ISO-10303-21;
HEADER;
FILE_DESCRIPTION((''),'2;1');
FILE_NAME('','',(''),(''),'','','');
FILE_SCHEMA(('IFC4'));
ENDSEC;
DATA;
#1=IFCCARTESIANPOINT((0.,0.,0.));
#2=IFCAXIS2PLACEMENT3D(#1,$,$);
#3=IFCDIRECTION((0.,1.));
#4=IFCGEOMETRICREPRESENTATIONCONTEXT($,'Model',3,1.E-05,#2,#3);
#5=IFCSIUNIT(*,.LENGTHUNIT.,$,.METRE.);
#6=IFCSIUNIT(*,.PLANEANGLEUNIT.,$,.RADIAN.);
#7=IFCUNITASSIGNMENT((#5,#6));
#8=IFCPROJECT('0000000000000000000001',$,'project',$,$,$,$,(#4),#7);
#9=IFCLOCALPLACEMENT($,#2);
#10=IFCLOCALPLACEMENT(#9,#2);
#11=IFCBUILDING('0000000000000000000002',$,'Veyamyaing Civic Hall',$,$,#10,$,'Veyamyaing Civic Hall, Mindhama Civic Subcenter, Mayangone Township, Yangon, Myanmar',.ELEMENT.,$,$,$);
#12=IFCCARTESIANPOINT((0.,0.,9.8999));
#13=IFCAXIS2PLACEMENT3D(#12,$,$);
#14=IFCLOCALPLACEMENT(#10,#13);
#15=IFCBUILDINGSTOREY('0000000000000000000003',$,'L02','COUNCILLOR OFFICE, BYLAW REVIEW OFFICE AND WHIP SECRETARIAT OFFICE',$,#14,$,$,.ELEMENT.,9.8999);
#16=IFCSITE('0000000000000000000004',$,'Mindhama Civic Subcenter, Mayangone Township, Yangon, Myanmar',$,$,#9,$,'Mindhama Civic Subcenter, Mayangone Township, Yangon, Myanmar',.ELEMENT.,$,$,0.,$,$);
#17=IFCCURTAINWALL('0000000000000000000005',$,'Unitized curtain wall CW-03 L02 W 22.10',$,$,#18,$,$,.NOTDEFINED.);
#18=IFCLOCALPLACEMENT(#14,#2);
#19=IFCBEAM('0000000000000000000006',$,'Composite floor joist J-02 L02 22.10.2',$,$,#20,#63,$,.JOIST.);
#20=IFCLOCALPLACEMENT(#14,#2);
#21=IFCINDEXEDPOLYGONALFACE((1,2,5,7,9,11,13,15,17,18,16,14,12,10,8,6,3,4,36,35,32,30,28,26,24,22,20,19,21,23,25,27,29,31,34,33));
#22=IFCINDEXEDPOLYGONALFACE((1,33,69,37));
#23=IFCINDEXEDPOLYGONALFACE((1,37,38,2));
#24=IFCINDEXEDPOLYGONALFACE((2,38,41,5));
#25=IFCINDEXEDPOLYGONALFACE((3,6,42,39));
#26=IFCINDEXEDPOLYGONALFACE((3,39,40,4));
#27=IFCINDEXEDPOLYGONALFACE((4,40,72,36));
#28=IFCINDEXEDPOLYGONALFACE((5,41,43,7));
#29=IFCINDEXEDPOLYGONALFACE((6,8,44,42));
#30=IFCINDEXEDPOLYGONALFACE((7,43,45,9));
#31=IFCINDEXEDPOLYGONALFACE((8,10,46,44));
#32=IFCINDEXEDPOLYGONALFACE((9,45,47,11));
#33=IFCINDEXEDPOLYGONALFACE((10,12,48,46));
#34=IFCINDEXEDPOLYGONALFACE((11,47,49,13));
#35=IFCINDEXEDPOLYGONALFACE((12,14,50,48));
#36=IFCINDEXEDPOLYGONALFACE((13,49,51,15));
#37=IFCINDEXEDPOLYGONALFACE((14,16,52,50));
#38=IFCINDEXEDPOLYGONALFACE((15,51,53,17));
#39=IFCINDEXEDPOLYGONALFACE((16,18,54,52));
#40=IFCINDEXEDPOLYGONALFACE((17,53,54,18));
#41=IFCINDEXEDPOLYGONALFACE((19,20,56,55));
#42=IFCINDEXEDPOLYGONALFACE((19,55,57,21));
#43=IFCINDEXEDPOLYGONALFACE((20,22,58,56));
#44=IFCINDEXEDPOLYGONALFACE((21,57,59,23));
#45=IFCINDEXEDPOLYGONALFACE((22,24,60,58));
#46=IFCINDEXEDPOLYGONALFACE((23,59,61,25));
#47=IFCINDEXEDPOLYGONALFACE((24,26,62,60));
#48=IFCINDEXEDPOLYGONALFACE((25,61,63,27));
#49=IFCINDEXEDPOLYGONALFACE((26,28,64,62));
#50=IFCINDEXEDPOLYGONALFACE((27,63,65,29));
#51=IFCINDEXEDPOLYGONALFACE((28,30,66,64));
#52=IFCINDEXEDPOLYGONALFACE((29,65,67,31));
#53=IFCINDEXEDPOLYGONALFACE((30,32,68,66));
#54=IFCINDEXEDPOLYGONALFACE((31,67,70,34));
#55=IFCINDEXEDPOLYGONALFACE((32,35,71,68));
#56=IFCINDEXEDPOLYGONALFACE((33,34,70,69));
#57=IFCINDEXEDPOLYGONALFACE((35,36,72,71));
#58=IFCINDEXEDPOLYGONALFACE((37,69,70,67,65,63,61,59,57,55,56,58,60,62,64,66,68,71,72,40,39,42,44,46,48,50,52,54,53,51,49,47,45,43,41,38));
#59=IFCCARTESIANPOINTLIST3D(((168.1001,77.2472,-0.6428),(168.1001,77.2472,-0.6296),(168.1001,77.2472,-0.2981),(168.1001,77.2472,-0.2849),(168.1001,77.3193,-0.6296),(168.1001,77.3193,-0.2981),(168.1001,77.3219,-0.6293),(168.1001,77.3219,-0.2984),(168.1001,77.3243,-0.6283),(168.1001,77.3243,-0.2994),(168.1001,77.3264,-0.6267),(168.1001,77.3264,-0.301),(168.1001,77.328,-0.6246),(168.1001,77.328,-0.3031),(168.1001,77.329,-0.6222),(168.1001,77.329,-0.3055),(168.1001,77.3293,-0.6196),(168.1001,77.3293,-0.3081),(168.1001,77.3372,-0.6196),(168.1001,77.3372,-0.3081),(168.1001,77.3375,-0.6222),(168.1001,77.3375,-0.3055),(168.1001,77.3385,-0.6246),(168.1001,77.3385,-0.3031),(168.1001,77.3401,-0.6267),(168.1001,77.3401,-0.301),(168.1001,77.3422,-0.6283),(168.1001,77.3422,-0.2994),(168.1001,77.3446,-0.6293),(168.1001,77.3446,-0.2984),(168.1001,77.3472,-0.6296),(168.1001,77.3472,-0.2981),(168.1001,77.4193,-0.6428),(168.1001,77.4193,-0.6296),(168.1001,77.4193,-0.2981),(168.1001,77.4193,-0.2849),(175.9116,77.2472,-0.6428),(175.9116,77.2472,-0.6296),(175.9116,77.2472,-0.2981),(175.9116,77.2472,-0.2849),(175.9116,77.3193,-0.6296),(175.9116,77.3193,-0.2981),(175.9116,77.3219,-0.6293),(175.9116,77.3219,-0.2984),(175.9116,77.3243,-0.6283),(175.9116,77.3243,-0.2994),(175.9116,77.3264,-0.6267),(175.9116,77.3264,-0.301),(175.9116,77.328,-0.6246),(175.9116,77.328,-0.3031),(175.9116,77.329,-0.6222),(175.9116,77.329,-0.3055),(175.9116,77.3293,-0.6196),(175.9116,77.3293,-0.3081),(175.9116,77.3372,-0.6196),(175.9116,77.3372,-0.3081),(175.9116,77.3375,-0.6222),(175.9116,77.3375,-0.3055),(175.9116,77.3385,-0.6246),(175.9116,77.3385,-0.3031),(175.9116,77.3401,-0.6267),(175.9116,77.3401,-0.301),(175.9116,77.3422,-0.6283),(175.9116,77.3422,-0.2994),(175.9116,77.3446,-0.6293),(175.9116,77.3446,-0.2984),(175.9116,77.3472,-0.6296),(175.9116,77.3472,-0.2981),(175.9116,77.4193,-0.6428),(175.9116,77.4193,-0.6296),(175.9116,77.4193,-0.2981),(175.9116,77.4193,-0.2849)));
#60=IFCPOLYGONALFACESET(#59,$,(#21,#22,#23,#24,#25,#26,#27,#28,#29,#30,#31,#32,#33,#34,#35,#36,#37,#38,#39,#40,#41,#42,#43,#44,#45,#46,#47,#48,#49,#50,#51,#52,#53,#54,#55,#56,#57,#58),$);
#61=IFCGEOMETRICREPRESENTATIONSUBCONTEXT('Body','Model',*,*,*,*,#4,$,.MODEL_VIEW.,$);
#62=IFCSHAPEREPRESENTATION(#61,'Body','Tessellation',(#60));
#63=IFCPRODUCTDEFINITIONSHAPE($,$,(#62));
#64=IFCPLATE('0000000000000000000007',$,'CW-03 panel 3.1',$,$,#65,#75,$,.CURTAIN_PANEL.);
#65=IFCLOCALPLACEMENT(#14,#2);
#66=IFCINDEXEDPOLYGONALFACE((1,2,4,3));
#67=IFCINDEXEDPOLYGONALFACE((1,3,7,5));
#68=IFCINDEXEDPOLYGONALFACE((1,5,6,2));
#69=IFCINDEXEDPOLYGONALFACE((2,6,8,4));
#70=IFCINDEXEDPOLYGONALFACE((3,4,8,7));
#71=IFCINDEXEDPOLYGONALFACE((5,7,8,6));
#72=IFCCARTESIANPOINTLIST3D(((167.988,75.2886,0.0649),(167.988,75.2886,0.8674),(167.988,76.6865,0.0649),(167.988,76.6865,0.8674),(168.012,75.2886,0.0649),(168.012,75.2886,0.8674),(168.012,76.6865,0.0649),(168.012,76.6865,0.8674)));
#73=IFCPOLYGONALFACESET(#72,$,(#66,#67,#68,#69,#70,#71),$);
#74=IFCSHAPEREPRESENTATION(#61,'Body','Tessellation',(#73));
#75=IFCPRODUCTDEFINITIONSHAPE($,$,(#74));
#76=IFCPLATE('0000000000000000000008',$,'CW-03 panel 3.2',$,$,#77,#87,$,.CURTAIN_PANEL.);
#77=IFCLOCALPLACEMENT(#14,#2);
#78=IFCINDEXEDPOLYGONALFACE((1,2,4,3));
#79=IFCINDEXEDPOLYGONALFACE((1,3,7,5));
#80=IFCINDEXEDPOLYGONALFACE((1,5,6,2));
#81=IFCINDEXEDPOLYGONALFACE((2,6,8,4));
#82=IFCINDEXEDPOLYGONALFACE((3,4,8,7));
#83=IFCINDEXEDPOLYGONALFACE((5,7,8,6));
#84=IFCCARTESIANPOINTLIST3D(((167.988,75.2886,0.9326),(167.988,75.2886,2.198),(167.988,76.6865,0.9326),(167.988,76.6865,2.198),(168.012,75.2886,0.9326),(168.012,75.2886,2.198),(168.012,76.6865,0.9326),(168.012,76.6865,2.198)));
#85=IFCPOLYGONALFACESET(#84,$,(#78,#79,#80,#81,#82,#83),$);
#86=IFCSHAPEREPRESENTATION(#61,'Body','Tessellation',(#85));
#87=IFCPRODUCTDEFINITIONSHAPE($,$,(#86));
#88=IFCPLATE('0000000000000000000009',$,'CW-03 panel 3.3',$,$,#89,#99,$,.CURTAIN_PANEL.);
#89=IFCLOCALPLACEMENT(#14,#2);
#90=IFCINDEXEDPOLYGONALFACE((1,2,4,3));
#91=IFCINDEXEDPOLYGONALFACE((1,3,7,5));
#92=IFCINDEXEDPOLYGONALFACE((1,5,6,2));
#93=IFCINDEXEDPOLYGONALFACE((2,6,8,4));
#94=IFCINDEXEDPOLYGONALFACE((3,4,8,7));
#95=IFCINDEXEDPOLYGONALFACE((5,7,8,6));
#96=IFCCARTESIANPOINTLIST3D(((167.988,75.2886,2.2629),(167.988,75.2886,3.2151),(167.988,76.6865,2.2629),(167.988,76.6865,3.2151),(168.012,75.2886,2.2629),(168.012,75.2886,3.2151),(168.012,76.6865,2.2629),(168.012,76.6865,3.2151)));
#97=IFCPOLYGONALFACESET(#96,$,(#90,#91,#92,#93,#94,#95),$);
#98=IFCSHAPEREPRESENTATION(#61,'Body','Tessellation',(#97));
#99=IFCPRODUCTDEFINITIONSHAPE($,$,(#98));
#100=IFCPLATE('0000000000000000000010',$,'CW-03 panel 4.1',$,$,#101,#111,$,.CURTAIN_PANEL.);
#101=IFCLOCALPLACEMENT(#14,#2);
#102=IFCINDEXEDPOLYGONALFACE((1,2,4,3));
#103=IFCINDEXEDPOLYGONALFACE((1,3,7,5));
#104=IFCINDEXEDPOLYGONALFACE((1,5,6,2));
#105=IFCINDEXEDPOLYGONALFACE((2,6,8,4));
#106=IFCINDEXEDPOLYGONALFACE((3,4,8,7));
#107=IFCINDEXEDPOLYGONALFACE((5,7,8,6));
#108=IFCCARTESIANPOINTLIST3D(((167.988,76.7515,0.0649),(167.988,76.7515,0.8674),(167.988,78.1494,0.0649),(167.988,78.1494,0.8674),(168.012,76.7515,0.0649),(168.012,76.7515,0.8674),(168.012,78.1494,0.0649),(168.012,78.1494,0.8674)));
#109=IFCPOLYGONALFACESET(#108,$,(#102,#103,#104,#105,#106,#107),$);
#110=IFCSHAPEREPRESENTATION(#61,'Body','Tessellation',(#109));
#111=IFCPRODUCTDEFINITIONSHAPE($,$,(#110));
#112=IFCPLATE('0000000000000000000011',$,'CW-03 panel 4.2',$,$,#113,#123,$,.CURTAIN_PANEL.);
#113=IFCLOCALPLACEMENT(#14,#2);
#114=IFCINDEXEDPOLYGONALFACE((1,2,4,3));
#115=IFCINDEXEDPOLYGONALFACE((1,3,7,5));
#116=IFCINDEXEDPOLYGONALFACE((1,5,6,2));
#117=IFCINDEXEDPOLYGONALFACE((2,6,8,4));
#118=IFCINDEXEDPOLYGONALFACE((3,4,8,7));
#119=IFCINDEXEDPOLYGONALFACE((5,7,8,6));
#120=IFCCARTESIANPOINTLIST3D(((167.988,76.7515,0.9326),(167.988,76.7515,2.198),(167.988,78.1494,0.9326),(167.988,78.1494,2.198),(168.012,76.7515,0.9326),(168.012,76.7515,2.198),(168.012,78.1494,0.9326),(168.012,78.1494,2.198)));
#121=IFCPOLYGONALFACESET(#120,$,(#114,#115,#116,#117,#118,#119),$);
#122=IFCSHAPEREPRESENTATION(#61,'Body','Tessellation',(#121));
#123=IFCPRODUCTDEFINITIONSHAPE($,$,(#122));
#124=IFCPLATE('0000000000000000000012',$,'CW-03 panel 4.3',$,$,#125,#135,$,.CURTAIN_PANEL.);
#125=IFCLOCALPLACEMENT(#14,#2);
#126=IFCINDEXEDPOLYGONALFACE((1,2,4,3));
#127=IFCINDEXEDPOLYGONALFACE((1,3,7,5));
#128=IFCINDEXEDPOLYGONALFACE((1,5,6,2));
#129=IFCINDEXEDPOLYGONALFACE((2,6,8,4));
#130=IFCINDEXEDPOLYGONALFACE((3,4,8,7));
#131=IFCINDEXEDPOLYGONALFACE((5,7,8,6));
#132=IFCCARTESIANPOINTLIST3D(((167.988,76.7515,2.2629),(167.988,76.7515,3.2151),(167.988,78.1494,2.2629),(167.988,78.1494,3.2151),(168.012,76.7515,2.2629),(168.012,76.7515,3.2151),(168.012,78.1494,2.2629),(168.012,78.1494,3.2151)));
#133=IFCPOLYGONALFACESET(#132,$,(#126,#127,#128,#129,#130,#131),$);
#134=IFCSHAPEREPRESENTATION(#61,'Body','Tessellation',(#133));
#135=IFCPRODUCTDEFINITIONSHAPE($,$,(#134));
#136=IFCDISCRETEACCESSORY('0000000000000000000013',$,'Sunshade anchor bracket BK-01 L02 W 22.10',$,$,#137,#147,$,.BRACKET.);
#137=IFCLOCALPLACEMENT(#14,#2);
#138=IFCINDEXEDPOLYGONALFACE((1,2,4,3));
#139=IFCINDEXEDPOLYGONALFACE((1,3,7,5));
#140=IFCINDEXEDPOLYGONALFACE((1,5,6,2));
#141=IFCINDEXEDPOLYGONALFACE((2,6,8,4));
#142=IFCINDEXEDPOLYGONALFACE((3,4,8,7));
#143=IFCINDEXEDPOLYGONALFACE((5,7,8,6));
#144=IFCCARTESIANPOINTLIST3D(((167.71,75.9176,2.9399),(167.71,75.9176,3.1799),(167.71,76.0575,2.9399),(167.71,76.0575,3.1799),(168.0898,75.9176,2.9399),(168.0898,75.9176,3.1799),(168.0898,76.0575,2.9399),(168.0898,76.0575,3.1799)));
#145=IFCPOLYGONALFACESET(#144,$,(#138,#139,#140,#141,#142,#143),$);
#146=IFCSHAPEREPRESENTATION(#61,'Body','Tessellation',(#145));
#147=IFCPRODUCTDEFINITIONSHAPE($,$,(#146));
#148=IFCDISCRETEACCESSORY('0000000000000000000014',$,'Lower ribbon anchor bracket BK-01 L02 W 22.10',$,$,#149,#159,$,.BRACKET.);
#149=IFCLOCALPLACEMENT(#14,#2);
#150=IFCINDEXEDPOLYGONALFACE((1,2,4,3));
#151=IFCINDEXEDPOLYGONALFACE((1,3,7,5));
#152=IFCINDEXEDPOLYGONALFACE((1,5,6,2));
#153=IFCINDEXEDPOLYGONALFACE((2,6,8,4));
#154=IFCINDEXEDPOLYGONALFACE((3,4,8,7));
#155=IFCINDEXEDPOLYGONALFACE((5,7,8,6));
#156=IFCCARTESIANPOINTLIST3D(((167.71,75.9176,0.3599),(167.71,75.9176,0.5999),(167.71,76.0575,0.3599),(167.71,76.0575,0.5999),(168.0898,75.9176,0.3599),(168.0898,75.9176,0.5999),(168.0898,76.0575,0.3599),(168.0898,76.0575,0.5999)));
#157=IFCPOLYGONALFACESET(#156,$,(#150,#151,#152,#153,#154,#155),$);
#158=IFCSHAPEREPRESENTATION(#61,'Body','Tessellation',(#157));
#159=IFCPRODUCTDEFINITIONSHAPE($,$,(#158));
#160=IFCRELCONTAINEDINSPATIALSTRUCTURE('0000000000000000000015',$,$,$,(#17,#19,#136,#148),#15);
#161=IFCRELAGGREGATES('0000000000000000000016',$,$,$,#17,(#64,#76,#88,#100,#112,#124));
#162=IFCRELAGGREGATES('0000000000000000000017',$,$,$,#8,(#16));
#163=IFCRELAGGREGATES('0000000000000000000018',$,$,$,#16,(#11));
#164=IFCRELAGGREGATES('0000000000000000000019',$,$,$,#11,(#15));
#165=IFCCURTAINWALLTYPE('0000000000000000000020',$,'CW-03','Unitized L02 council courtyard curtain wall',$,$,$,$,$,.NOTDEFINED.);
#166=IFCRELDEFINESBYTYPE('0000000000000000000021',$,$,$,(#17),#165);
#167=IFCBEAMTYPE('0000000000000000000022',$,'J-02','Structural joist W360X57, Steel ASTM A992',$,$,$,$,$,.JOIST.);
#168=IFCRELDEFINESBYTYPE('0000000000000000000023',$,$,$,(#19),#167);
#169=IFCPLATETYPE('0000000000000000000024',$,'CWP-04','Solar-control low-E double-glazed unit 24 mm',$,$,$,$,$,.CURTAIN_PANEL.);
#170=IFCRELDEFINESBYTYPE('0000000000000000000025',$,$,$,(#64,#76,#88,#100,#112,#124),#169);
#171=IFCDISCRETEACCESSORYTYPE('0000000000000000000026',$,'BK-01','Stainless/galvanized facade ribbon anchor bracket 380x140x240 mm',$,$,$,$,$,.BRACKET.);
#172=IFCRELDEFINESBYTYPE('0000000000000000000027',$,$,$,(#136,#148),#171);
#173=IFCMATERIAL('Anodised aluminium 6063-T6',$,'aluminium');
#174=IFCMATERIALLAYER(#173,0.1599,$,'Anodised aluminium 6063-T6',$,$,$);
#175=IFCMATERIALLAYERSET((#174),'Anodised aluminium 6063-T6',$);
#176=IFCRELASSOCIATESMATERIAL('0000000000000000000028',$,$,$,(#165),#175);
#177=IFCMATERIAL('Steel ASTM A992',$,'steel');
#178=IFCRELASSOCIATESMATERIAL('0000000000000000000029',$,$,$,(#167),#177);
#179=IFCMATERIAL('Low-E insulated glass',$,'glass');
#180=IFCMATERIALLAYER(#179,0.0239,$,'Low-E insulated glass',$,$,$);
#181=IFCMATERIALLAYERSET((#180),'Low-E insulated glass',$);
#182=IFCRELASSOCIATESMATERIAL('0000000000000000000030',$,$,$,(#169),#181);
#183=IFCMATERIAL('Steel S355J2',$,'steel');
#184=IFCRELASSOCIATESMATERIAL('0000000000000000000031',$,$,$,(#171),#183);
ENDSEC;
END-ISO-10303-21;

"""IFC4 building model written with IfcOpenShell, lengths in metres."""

from ifc_helpers import new_model, si_unit, direction, frame, origin, origin_2d, place, context, subcontext, project, spatial, rectangle, i_section, extrude, material, layer, layer_set, material_profile, profile_set, type_object, element, aggregate, save


model = new_model("IFC4")

# Units and contexts
model_context = context("Model", 3, precision=1e-05, world=origin(), true_north=direction((0.0, 1.0)))
body_context = subcontext(model_context, "Body", "Model", "MODEL_VIEW")
ifc_project = project(units=[si_unit("LENGTHUNIT", "METRE"), si_unit("PLANEANGLEUNIT", "RADIAN")], contexts=[model_context])

# Site, building, storey
site_placement = place(None, origin())
site = spatial("IfcSite", under=ifc_project, at=site_placement, Name="Mindhama Civic Subcenter, Mayangone Township, Yangon, Myanmar", LongName="Mindhama Civic Subcenter, Mayangone Township, Yangon, Myanmar", CompositionType="ELEMENT", RefElevation=0.0)
building_placement = place(site_placement, origin())
building = spatial("IfcBuilding", under=site, at=building_placement, Name="Veyamyaing Civic Hall", LongName="Veyamyaing Civic Hall, Mindhama Civic Subcenter, Mayangone Township, Yangon, Myanmar", CompositionType="ELEMENT")
storey_placement = place(building_placement, frame((0.0, 0.0, 9.8999)))
storey = spatial("IfcBuildingStorey", under=building, at=storey_placement, Name="L02", Description="COUNCILLOR OFFICE, BYLAW REVIEW OFFICE AND WHIP SECRETARIAT OFFICE", CompositionType="ELEMENT", Elevation=9.8999)

# Curtain wall
ifc_material_1 = material(Name="Anodised aluminium 6063-T6", Category="aluminium")
ifc_layer_1 = layer(ifc_material_1, 0.1599, Name="Anodised aluminium 6063-T6")
ifc_layer_set_1 = layer_set([ifc_layer_1], Name="Anodised aluminium 6063-T6")
curtain_wall_type = type_object("IfcCurtainWallType", Name="CW-03", Description="Unitized L02 council courtyard curtain wall", PredefinedType="NOTDEFINED", material=ifc_layer_set_1)
curtain_wall_placement = place(storey_placement, origin())
curtain_wall = element("IfcCurtainWall", 1, at=curtain_wall_placement, inside=storey, type_object=curtain_wall_type, Name="Unitized curtain wall CW-03 L02 W 22.10", PredefinedType="NOTDEFINED")

# Beam
ifc_material_2 = material(Name="Steel ASTM A992", Category="steel")
ifc_material_profile_1 = material_profile(ifc_material_2, i_section(OverallWidth=0.1721, OverallDepth=0.3579, WebThickness=0.0078, FlangeThickness=0.0132, FilletRadius=0.01, at=origin_2d()), Name="W360X57")
ifc_profile_set_1 = profile_set([ifc_material_profile_1], Name="Steel ASTM A992")
beam_type = type_object("IfcBeamType", Name="J-02", Description="Structural joist W360X57, Steel ASTM A992", PredefinedType="JOIST", material=ifc_profile_set_1)
for number, where, z_axis, x_axis, name in (
    (2, (168.1001, 77.3333, -0.4639), (1.0, 0.0, 0.0), (0.0, 1.0, 0.0), "Composite floor joist J-02 L02 22.10.2"),
):
    element("IfcBeam", number, at=place(storey_placement, frame(where, z_axis=z_axis, x_axis=x_axis)), inside=storey, type_object=beam_type, Name=name, PredefinedType="JOIST", context=body_context, shape_type="SweptSolid", body=[
        extrude(i_section(OverallWidth=0.1721, OverallDepth=0.3579, WebThickness=0.0078, FlangeThickness=0.0132, FilletRadius=0.01, at=origin_2d()), origin(), (0.0, 0.0, 1.0), 7.8115),
    ])

# Plates
ifc_material_3 = material(Name="Low-E insulated glass", Category="glass")
ifc_layer_2 = layer(ifc_material_3, 0.0239, Name="Low-E insulated glass")
ifc_layer_set_2 = layer_set([ifc_layer_2], Name="Low-E insulated glass")
plate_type = type_object("IfcPlateType", Name="CWP-04", Description="Solar-control low-E double-glazed unit 24 mm", PredefinedType="CURTAIN_PANEL", material=ifc_layer_set_2)
plate_1_placement = place(storey_placement, frame((168.0, 75.9875, 0.0649), z_axis=(0.0, 0.0, 1.0), x_axis=(0.0, 1.0, 0.0)))
plate_1 = element("IfcPlate", 3, at=plate_1_placement, type_object=plate_type, Name="CW-03 panel 3.1", PredefinedType="CURTAIN_PANEL", context=body_context, shape_type="SweptSolid", body=[
    extrude(rectangle(XDim=1.3979, YDim=0.0239, at=origin_2d()), origin(), (0.0, 0.0, 1.0), 0.8025),
])
plate_2_placement = place(storey_placement, frame((168.0, 75.9875, 0.9326), z_axis=(0.0, 0.0, 1.0), x_axis=(0.0, 1.0, 0.0)))
plate_2 = element("IfcPlate", 4, at=plate_2_placement, type_object=plate_type, Name="CW-03 panel 3.2", PredefinedType="CURTAIN_PANEL", context=body_context, shape_type="SweptSolid", body=[
    extrude(rectangle(XDim=1.3979, YDim=0.0239, at=origin_2d()), origin(), (0.0, 0.0, 1.0), 1.2654),
])
plate_3_placement = place(storey_placement, frame((168.0, 75.9875, 2.2629), z_axis=(0.0, 0.0, 1.0), x_axis=(0.0, 1.0, 0.0)))
plate_3 = element("IfcPlate", 5, at=plate_3_placement, type_object=plate_type, Name="CW-03 panel 3.3", PredefinedType="CURTAIN_PANEL", context=body_context, shape_type="SweptSolid", body=[
    extrude(rectangle(XDim=1.3979, YDim=0.0239, at=origin_2d()), origin(), (0.0, 0.0, 1.0), 0.9521),
])
plate_4_placement = place(storey_placement, frame((168.0, 77.4504, 0.0649), z_axis=(0.0, 0.0, 1.0), x_axis=(0.0, 1.0, 0.0)))
plate_4 = element("IfcPlate", 6, at=plate_4_placement, type_object=plate_type, Name="CW-03 panel 4.1", PredefinedType="CURTAIN_PANEL", context=body_context, shape_type="SweptSolid", body=[
    extrude(rectangle(XDim=1.3979, YDim=0.0239, at=origin_2d()), origin(), (0.0, 0.0, 1.0), 0.8025),
])
plate_5_placement = place(storey_placement, frame((168.0, 77.4504, 0.9326), z_axis=(0.0, 0.0, 1.0), x_axis=(0.0, 1.0, 0.0)))
plate_5 = element("IfcPlate", 7, at=plate_5_placement, type_object=plate_type, Name="CW-03 panel 4.2", PredefinedType="CURTAIN_PANEL", context=body_context, shape_type="SweptSolid", body=[
    extrude(rectangle(XDim=1.3979, YDim=0.0239, at=origin_2d()), origin(), (0.0, 0.0, 1.0), 1.2654),
])
plate_6_placement = place(storey_placement, frame((168.0, 77.4504, 2.2629), z_axis=(0.0, 0.0, 1.0), x_axis=(0.0, 1.0, 0.0)))
plate_6 = element("IfcPlate", 8, at=plate_6_placement, type_object=plate_type, Name="CW-03 panel 4.3", PredefinedType="CURTAIN_PANEL", context=body_context, shape_type="SweptSolid", body=[
    extrude(rectangle(XDim=1.3979, YDim=0.0239, at=origin_2d()), origin(), (0.0, 0.0, 1.0), 0.9521),
])
aggregate(curtain_wall, [plate_1, plate_2, plate_3, plate_4, plate_5, plate_6])

# Discrete accessories
ifc_material_4 = material(Name="Steel S355J2", Category="steel")
discrete_accessory_type = type_object("IfcDiscreteAccessoryType", Name="BK-01", Description="Stainless/galvanized facade ribbon anchor bracket 380x140x240 mm", PredefinedType="BRACKET", material=ifc_material_4)
for number, where, z_axis, x_axis, name in (
    (9, (167.8999, 75.9875, 2.9399), (0.0, 0.0, 1.0), (-1.0, 0.0, 0.0), "Sunshade anchor bracket BK-01 L02 W 22.10"),
    (10, (167.8999, 75.9875, 0.3599), (0.0, 0.0, 1.0), (-1.0, 0.0, 0.0), "Lower ribbon anchor bracket BK-01 L02 W 22.10"),
):
    element("IfcDiscreteAccessory", number, at=place(storey_placement, frame(where, z_axis=z_axis, x_axis=x_axis)), inside=storey, type_object=discrete_accessory_type, Name=name, PredefinedType="BRACKET", context=body_context, shape_type="SweptSolid", body=[
        extrude(rectangle(XDim=0.3799, YDim=0.1399, at=origin_2d()), origin(), (0.0, 0.0, 1.0), 0.24),
    ])

save(model, "model.ifc")
